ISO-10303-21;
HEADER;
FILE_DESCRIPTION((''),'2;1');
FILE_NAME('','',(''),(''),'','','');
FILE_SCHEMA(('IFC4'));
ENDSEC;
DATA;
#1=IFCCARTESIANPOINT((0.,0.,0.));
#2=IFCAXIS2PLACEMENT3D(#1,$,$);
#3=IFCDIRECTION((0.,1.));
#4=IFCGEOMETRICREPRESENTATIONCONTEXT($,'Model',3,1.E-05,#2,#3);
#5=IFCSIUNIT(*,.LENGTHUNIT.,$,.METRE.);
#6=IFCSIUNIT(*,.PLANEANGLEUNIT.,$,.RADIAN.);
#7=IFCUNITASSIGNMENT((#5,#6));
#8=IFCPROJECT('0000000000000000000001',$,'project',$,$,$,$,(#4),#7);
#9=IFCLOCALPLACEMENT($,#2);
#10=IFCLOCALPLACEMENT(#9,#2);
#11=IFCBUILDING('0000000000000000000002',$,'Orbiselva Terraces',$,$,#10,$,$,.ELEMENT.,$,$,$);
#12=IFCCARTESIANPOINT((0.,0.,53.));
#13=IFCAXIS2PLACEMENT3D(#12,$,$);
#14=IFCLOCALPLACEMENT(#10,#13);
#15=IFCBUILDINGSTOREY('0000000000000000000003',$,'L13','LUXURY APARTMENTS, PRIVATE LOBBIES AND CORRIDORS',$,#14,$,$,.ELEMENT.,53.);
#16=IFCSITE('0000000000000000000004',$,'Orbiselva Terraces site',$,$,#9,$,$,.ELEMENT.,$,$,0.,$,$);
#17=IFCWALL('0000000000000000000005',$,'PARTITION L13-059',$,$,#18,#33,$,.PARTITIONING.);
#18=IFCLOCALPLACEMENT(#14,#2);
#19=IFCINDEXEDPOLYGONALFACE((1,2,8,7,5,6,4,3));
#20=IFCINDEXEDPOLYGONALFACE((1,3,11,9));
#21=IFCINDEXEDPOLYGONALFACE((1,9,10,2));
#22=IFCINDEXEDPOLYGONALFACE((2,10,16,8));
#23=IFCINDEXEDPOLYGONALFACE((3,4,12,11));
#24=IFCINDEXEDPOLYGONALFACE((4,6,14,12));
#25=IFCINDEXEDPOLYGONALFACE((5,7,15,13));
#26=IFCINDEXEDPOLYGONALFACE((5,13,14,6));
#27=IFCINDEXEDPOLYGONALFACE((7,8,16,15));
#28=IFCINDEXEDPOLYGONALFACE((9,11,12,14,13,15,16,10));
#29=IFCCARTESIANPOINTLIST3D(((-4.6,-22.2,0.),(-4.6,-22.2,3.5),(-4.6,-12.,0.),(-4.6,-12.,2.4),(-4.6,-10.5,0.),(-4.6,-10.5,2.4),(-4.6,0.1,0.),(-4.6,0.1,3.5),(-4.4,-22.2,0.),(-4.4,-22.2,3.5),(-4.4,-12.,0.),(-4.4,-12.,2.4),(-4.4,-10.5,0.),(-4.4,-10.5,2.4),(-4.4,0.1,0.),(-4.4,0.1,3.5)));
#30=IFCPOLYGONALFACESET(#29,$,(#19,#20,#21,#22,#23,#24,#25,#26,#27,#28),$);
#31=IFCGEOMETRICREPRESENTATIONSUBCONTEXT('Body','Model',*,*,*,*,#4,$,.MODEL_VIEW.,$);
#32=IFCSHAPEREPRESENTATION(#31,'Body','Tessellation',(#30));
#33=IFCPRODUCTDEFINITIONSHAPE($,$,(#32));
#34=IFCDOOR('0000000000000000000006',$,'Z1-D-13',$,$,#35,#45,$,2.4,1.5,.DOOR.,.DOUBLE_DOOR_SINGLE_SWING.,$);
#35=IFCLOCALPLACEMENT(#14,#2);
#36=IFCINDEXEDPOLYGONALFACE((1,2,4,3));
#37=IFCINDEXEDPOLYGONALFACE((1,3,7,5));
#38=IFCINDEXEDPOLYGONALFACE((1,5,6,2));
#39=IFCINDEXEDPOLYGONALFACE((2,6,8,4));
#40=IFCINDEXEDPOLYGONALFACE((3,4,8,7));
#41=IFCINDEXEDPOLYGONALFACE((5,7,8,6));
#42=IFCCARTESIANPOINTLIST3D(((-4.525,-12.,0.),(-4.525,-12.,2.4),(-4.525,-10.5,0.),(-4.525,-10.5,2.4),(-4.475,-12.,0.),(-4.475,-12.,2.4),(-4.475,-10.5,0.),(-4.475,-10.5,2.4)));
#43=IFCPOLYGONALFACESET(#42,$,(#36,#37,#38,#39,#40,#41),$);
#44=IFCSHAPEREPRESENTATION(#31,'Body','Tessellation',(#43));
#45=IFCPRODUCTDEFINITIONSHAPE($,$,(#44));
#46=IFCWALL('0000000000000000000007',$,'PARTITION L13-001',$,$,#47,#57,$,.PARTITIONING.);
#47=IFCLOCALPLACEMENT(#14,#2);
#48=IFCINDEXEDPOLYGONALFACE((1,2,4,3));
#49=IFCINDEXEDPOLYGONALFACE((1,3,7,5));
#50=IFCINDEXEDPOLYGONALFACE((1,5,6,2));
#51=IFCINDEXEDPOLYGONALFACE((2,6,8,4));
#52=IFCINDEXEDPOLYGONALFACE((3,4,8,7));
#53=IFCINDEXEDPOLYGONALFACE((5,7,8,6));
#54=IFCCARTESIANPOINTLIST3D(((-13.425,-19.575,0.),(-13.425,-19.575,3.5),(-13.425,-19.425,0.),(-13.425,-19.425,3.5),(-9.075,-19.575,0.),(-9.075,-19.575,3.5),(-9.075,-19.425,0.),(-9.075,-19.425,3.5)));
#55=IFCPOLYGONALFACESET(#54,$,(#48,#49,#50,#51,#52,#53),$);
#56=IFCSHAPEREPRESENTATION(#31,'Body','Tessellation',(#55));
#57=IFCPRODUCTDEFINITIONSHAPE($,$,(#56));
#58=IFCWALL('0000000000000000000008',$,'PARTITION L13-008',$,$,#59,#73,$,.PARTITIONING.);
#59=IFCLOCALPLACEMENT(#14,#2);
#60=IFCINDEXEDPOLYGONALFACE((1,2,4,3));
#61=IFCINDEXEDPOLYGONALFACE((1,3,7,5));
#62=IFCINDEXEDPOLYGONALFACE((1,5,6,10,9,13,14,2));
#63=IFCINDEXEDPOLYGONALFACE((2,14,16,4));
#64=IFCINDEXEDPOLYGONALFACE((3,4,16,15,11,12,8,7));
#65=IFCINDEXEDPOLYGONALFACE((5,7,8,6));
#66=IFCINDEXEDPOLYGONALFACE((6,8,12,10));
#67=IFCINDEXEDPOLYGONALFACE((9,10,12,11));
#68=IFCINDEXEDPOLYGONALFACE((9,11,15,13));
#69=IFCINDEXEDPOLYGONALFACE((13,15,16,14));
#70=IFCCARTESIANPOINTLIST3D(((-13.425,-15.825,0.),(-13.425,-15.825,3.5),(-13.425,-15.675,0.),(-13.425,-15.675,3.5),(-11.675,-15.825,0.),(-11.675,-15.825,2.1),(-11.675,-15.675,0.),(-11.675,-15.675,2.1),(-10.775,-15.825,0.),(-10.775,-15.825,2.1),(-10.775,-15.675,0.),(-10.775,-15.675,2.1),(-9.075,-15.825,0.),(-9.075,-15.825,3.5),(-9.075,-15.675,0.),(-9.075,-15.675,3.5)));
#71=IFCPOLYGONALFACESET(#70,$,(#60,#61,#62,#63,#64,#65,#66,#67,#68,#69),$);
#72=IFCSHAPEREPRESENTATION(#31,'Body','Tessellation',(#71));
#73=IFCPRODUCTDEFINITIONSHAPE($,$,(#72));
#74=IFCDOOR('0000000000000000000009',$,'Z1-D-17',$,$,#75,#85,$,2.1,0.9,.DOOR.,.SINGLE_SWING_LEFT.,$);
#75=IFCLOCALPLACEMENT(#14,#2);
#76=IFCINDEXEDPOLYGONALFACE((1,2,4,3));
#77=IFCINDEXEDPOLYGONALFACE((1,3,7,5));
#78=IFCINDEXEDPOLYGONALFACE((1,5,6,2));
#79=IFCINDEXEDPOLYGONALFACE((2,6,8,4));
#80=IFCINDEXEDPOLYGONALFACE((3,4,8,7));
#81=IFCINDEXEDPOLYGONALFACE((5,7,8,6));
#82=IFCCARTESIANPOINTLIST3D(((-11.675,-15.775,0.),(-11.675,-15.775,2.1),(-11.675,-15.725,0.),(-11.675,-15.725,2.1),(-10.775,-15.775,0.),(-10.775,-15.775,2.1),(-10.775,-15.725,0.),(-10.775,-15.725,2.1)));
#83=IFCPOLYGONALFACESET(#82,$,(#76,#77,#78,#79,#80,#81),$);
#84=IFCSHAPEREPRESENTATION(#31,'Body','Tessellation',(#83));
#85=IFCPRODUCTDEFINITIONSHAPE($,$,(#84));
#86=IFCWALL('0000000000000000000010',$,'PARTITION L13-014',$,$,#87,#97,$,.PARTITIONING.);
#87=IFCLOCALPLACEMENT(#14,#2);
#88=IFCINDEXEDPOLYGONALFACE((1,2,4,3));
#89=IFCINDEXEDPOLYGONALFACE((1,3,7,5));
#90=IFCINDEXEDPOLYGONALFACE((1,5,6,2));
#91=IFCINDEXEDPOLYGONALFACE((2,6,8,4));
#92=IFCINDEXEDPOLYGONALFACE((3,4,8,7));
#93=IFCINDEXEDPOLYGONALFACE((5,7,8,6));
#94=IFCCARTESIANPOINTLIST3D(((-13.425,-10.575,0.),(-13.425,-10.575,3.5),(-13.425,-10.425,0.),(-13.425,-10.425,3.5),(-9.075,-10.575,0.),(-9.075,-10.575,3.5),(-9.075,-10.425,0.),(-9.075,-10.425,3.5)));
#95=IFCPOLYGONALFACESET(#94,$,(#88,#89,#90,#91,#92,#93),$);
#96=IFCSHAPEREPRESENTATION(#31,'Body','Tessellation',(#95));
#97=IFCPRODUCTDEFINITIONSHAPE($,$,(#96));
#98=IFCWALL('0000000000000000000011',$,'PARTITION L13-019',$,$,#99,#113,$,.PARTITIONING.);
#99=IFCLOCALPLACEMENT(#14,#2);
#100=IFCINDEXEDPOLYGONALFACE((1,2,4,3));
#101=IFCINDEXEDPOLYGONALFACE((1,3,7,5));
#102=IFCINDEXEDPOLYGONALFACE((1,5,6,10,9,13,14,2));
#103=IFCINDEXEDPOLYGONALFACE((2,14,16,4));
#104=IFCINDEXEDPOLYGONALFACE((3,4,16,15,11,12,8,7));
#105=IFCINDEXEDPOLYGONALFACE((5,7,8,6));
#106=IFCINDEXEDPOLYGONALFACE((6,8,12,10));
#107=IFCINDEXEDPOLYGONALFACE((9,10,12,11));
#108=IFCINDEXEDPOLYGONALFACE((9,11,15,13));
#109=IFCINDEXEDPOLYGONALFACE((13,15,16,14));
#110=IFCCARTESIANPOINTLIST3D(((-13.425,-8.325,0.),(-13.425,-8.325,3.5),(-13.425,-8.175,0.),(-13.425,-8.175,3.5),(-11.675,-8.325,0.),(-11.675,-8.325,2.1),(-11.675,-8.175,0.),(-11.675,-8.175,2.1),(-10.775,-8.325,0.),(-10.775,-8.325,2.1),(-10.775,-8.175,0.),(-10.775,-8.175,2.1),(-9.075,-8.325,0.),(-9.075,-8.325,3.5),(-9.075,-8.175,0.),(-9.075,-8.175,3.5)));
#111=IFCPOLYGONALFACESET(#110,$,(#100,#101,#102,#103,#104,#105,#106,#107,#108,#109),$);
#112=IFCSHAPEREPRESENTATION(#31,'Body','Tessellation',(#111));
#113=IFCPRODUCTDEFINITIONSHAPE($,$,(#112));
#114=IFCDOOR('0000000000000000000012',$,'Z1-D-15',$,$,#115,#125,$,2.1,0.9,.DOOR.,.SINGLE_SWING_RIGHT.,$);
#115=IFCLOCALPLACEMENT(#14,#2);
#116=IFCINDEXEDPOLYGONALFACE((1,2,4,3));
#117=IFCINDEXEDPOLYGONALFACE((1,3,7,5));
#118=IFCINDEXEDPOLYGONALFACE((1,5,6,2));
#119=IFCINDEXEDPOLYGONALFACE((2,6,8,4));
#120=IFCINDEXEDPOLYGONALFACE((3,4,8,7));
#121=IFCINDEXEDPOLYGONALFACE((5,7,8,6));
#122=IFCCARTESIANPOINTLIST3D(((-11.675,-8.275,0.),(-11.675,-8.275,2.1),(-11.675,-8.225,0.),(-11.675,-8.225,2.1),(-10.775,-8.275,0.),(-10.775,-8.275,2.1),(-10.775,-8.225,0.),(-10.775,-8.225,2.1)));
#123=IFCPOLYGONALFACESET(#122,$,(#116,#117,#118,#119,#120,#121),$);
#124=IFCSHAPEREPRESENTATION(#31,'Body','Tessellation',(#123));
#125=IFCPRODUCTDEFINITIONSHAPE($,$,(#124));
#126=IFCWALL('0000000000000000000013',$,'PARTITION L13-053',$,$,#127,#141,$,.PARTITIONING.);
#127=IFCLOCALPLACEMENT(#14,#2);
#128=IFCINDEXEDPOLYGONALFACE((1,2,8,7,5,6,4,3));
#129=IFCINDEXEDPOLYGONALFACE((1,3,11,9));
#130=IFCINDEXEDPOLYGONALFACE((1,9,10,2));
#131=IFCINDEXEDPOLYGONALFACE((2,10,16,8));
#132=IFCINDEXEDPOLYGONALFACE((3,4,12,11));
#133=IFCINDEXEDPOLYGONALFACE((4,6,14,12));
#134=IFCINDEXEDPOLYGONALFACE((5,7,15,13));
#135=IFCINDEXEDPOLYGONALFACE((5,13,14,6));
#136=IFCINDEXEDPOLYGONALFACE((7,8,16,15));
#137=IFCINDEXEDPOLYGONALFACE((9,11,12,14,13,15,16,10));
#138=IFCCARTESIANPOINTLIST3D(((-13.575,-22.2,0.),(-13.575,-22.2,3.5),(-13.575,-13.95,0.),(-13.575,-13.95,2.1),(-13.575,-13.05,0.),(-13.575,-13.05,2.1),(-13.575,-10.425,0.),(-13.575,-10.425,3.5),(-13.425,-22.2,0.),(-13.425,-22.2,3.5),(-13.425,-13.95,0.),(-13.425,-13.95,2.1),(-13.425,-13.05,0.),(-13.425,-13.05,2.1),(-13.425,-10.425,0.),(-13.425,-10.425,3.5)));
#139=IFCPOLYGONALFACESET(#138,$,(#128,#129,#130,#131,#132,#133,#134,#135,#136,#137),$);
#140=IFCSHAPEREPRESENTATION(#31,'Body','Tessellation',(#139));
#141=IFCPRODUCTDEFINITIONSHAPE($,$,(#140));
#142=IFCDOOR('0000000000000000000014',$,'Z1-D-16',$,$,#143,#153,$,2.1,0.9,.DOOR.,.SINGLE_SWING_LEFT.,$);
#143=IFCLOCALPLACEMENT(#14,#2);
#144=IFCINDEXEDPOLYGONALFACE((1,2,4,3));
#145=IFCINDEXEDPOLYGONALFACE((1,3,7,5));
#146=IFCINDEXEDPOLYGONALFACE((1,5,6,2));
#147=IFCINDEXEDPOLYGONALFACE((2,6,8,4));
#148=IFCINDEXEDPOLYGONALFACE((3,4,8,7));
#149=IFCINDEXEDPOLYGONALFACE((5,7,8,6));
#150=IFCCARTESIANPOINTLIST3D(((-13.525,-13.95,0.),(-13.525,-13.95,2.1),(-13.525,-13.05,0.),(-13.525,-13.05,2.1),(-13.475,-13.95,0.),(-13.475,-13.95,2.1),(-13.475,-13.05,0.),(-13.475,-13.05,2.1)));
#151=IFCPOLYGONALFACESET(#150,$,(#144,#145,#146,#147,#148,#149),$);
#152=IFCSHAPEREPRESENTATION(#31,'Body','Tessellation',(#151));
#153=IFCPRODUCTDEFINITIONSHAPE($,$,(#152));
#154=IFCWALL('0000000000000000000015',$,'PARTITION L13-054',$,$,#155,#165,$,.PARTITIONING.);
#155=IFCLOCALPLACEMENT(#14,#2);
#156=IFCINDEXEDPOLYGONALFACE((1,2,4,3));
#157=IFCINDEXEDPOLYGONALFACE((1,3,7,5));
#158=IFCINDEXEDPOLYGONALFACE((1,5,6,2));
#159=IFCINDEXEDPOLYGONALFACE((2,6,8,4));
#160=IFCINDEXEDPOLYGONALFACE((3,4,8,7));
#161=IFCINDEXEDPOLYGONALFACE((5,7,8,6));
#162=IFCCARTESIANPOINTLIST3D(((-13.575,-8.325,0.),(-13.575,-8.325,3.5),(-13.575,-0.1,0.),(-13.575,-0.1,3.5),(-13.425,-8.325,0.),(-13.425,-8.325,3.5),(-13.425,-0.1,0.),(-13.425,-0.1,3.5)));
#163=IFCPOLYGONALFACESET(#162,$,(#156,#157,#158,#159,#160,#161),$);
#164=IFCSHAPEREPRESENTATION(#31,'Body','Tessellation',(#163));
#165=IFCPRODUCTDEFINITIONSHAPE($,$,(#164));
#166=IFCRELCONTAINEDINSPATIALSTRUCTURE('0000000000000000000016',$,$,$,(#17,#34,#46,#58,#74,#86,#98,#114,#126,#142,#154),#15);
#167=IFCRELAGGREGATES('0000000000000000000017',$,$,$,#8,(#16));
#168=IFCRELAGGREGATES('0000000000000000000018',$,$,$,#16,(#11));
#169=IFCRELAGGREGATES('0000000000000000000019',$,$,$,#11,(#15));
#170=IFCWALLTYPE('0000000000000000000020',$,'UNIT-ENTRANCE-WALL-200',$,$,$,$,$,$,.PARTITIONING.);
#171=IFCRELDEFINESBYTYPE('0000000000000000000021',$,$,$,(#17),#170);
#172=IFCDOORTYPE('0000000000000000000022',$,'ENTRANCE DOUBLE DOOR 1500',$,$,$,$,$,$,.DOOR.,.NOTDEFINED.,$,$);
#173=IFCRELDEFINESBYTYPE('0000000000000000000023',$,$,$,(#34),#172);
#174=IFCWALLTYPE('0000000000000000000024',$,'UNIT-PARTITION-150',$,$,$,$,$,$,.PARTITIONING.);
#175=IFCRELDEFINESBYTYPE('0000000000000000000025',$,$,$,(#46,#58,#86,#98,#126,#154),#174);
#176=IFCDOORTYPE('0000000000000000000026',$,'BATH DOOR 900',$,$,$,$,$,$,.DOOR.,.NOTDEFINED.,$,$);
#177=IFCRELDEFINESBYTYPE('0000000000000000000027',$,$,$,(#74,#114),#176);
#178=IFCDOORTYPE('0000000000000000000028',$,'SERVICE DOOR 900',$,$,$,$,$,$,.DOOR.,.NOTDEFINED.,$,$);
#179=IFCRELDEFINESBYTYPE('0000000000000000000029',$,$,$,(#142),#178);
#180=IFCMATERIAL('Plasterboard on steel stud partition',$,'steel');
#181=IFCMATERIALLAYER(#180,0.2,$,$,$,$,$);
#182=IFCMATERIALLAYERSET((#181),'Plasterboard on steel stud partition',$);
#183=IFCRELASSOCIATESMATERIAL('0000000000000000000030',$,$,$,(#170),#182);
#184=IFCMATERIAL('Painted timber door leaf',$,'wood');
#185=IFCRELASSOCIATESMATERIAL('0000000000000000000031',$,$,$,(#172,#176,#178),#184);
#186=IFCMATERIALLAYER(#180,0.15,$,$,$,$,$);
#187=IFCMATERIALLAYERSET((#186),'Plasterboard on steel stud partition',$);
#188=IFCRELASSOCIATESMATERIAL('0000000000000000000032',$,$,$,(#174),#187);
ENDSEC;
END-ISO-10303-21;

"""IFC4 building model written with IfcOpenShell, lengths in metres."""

from ifc_helpers import new_model, si_unit, direction, frame, frame_2d, origin, place, context, subcontext, project, spatial, rectangle, extrude, material, layer, layer_set, type_object, element, fill, save


model = new_model("IFC4")

# Units and contexts
model_context = context("Model", 3, precision=1e-05, world=origin(), true_north=direction((0.0, 1.0)))
body_context = subcontext(model_context, "Body", "Model", "MODEL_VIEW")
ifc_project = project(units=[si_unit("LENGTHUNIT", "METRE"), si_unit("PLANEANGLEUNIT", "RADIAN")], contexts=[model_context])

# Site, building, storey
site_placement = place(None, origin())
site = spatial("IfcSite", under=ifc_project, at=site_placement, Name="Orbiselva Terraces site", CompositionType="ELEMENT", RefElevation=0.0)
building_placement = place(site_placement, origin())
building = spatial("IfcBuilding", under=site, at=building_placement, Name="Orbiselva Terraces", CompositionType="ELEMENT")
storey_placement = place(building_placement, frame((0.0, 0.0, 53.0)))
storey = spatial("IfcBuildingStorey", under=building, at=storey_placement, Name="L13", Description="LUXURY APARTMENTS, PRIVATE LOBBIES AND CORRIDORS", CompositionType="ELEMENT", Elevation=53.0)

# Wall, opening, door
ifc_material_1 = material(Name="Plasterboard on steel stud partition", Category="steel")
ifc_layer_1 = layer(ifc_material_1, 0.2)
ifc_layer_set_1 = layer_set([ifc_layer_1], Name="Plasterboard on steel stud partition")
wall_type_1 = type_object("IfcWallType", Name="UNIT-ENTRANCE-WALL-200", PredefinedType="PARTITIONING", material=ifc_layer_set_1)
wall_1_placement = place(storey_placement, frame((-4.5, -22.2, 0.0), z_axis=(0.0, 0.0, 1.0), x_axis=(0.0, 1.0, 0.0)))
wall_1 = element("IfcWall", 1, at=wall_1_placement, inside=storey, type_object=wall_type_1, Name="PARTITION L13-059", PredefinedType="PARTITIONING", context=body_context, shape_type="SweptSolid", body=[
    extrude(rectangle(XDim=22.3, YDim=0.2, at=frame_2d((11.15, 0.0))), origin(), (0.0, 0.0, 1.0), 3.5),
])
opening_1_placement = place(wall_1_placement, frame((10.2, 0.0, 0.0)))
opening_1 = element("IfcOpeningElement", 2, at=opening_1_placement, cuts=wall_1, PredefinedType="OPENING", context=body_context, shape_type="SweptSolid", body=[
    extrude(rectangle(XDim=1.5, YDim=2.4, at=frame_2d((0.75, 1.2))), frame((0.0, 0.11, 0.0), z_axis=(0.0, -1.0, 0.0), x_axis=(1.0, 0.0, 0.0)), (0.0, 0.0, 1.0), 0.22),
])
ifc_material_2 = material(Name="Painted timber door leaf", Category="wood")
door_type_1 = type_object("IfcDoorType", Name="ENTRANCE DOUBLE DOOR 1500", OperationType="NOTDEFINED", PredefinedType="DOOR", material=ifc_material_2)
door_1_placement = place(opening_1_placement, origin())
door_1 = element("IfcDoor", 3, at=door_1_placement, inside=storey, type_object=door_type_1, Name="Z1-D-13", OperationType="DOUBLE_DOOR_SINGLE_SWING", OverallHeight=2.4, OverallWidth=1.5, PredefinedType="DOOR", context=body_context, shape_type="SweptSolid", body=[
    extrude(rectangle(XDim=1.5, YDim=2.4, at=frame_2d((0.75, 1.2))), frame((0.0, 0.025, 0.0), z_axis=(0.0, -1.0, 0.0), x_axis=(1.0, 0.0, 0.0)), (0.0, 0.0, 1.0), 0.05),
])
fill(opening_1, door_1)

# Wall
ifc_layer_2 = layer(ifc_material_1, 0.15)
ifc_layer_set_2 = layer_set([ifc_layer_2], Name="Plasterboard on steel stud partition")
wall_type_2 = type_object("IfcWallType", Name="UNIT-PARTITION-150", PredefinedType="PARTITIONING", material=ifc_layer_set_2)
wall_2_placement = place(storey_placement, frame((-13.425, -19.5, 0.0), z_axis=(0.0, 0.0, 1.0), x_axis=(1.0, 0.0, 0.0)))
element("IfcWall", 4, at=wall_2_placement, inside=storey, type_object=wall_type_2, Name="PARTITION L13-001", PredefinedType="PARTITIONING", context=body_context, shape_type="SweptSolid", body=[
    extrude(rectangle(XDim=4.35, YDim=0.15, at=frame_2d((2.175, 0.0))), origin(), (0.0, 0.0, 1.0), 3.5),
])

# Wall, opening, door
wall_3_placement = place(storey_placement, frame((-9.075, -15.75, 0.0), z_axis=(0.0, 0.0, 1.0), x_axis=(-1.0, 0.0, 0.0)))
wall_3 = element("IfcWall", 5, at=wall_3_placement, inside=storey, type_object=wall_type_2, Name="PARTITION L13-008", PredefinedType="PARTITIONING", context=body_context, shape_type="SweptSolid", body=[
    extrude(rectangle(XDim=4.35, YDim=0.15, at=frame_2d((2.175, 0.0))), origin(), (0.0, 0.0, 1.0), 3.5),
])
opening_2_placement = place(wall_3_placement, frame((1.7, 0.0, 0.0)))
opening_2 = element("IfcOpeningElement", 6, at=opening_2_placement, cuts=wall_3, PredefinedType="OPENING", context=body_context, shape_type="SweptSolid", body=[
    extrude(rectangle(XDim=0.9, YDim=2.1, at=frame_2d((0.45, 1.05))), frame((0.0, 0.085, 0.0), z_axis=(0.0, -1.0, 0.0), x_axis=(1.0, 0.0, 0.0)), (0.0, 0.0, 1.0), 0.17),
])
door_type_2 = type_object("IfcDoorType", Name="BATH DOOR 900", OperationType="NOTDEFINED", PredefinedType="DOOR", material=ifc_material_2)
door_2_placement = place(opening_2_placement, origin())
door_2 = element("IfcDoor", 7, at=door_2_placement, inside=storey, type_object=door_type_2, Name="Z1-D-17", OperationType="SINGLE_SWING_LEFT", OverallHeight=2.1, OverallWidth=0.9, PredefinedType="DOOR", context=body_context, shape_type="SweptSolid", body=[
    extrude(rectangle(XDim=0.9, YDim=2.1, at=frame_2d((0.45, 1.05))), frame((0.0, 0.025, 0.0), z_axis=(0.0, -1.0, 0.0), x_axis=(1.0, 0.0, 0.0)), (0.0, 0.0, 1.0), 0.05),
])
fill(opening_2, door_2)

# Wall
wall_4_placement = place(storey_placement, frame((-13.425, -10.5, 0.0), z_axis=(0.0, 0.0, 1.0), x_axis=(1.0, 0.0, 0.0)))
element("IfcWall", 8, at=wall_4_placement, inside=storey, type_object=wall_type_2, Name="PARTITION L13-014", PredefinedType="PARTITIONING", context=body_context, shape_type="SweptSolid", body=[
    extrude(rectangle(XDim=4.35, YDim=0.15, at=frame_2d((2.175, 0.0))), origin(), (0.0, 0.0, 1.0), 3.5),
])

# Walls, openings, doors
wall_5_placement = place(storey_placement, frame((-13.425, -8.25, 0.0), z_axis=(0.0, 0.0, 1.0), x_axis=(1.0, 0.0, 0.0)))
wall_5 = element("IfcWall", 9, at=wall_5_placement, inside=storey, type_object=wall_type_2, Name="PARTITION L13-019", PredefinedType="PARTITIONING", context=body_context, shape_type="SweptSolid", body=[
    extrude(rectangle(XDim=4.35, YDim=0.15, at=frame_2d((2.175, 0.0))), origin(), (0.0, 0.0, 1.0), 3.5),
])
opening_3_placement = place(wall_5_placement, frame((1.75, 0.0, 0.0)))
opening_3 = element("IfcOpeningElement", 10, at=opening_3_placement, cuts=wall_5, PredefinedType="OPENING", context=body_context, shape_type="SweptSolid", body=[
    extrude(rectangle(XDim=0.9, YDim=2.1, at=frame_2d((0.45, 1.05))), frame((0.0, 0.085, 0.0), z_axis=(0.0, -1.0, 0.0), x_axis=(1.0, 0.0, 0.0)), (0.0, 0.0, 1.0), 0.17),
])
door_3_placement = place(opening_3_placement, origin())
door_3 = element("IfcDoor", 11, at=door_3_placement, inside=storey, type_object=door_type_2, Name="Z1-D-15", OperationType="SINGLE_SWING_RIGHT", OverallHeight=2.1, OverallWidth=0.9, PredefinedType="DOOR", context=body_context, shape_type="SweptSolid", body=[
    extrude(rectangle(XDim=0.9, YDim=2.1, at=frame_2d((0.45, 1.05))), frame((0.0, 0.025, 0.0), z_axis=(0.0, -1.0, 0.0), x_axis=(1.0, 0.0, 0.0)), (0.0, 0.0, 1.0), 0.05),
])
fill(opening_3, door_3)
wall_6_placement = place(storey_placement, frame((-13.5, -10.425, 0.0), z_axis=(0.0, 0.0, 1.0), x_axis=(0.0, -1.0, 0.0)))
wall_6 = element("IfcWall", 12, at=wall_6_placement, inside=storey, type_object=wall_type_2, Name="PARTITION L13-053", PredefinedType="PARTITIONING", context=body_context, shape_type="SweptSolid", body=[
    extrude(rectangle(XDim=11.775, YDim=0.15, at=frame_2d((5.8875, 0.0))), origin(), (0.0, 0.0, 1.0), 3.5),
])
opening_4_placement = place(wall_6_placement, frame((2.625, 0.0, 0.0)))
opening_4 = element("IfcOpeningElement", 13, at=opening_4_placement, cuts=wall_6, PredefinedType="OPENING", context=body_context, shape_type="SweptSolid", body=[
    extrude(rectangle(XDim=0.9, YDim=2.1, at=frame_2d((0.45, 1.05))), frame((0.0, 0.085, 0.0), z_axis=(0.0, -1.0, 0.0), x_axis=(1.0, 0.0, 0.0)), (0.0, 0.0, 1.0), 0.17),
])
door_type_3 = type_object("IfcDoorType", Name="SERVICE DOOR 900", OperationType="NOTDEFINED", PredefinedType="DOOR", material=ifc_material_2)
door_4_placement = place(opening_4_placement, origin())
door_4 = element("IfcDoor", 14, at=door_4_placement, inside=storey, type_object=door_type_3, Name="Z1-D-16", OperationType="SINGLE_SWING_LEFT", OverallHeight=2.1, OverallWidth=0.9, PredefinedType="DOOR", context=body_context, shape_type="SweptSolid", body=[
    extrude(rectangle(XDim=0.9, YDim=2.1, at=frame_2d((0.45, 1.05))), frame((0.0, 0.025, 0.0), z_axis=(0.0, -1.0, 0.0), x_axis=(1.0, 0.0, 0.0)), (0.0, 0.0, 1.0), 0.05),
])
fill(opening_4, door_4)

# Wall
wall_7_placement = place(storey_placement, frame((-13.5, -8.325, 0.0), z_axis=(0.0, 0.0, 1.0), x_axis=(0.0, 1.0, 0.0)))
element("IfcWall", 15, at=wall_7_placement, inside=storey, type_object=wall_type_2, Name="PARTITION L13-054", PredefinedType="PARTITIONING", context=body_context, shape_type="SweptSolid", body=[
    extrude(rectangle(XDim=8.225, YDim=0.15, at=frame_2d((4.1125, 0.0))), origin(), (0.0, 0.0, 1.0), 3.5),
])

save(model, "model.ifc")
